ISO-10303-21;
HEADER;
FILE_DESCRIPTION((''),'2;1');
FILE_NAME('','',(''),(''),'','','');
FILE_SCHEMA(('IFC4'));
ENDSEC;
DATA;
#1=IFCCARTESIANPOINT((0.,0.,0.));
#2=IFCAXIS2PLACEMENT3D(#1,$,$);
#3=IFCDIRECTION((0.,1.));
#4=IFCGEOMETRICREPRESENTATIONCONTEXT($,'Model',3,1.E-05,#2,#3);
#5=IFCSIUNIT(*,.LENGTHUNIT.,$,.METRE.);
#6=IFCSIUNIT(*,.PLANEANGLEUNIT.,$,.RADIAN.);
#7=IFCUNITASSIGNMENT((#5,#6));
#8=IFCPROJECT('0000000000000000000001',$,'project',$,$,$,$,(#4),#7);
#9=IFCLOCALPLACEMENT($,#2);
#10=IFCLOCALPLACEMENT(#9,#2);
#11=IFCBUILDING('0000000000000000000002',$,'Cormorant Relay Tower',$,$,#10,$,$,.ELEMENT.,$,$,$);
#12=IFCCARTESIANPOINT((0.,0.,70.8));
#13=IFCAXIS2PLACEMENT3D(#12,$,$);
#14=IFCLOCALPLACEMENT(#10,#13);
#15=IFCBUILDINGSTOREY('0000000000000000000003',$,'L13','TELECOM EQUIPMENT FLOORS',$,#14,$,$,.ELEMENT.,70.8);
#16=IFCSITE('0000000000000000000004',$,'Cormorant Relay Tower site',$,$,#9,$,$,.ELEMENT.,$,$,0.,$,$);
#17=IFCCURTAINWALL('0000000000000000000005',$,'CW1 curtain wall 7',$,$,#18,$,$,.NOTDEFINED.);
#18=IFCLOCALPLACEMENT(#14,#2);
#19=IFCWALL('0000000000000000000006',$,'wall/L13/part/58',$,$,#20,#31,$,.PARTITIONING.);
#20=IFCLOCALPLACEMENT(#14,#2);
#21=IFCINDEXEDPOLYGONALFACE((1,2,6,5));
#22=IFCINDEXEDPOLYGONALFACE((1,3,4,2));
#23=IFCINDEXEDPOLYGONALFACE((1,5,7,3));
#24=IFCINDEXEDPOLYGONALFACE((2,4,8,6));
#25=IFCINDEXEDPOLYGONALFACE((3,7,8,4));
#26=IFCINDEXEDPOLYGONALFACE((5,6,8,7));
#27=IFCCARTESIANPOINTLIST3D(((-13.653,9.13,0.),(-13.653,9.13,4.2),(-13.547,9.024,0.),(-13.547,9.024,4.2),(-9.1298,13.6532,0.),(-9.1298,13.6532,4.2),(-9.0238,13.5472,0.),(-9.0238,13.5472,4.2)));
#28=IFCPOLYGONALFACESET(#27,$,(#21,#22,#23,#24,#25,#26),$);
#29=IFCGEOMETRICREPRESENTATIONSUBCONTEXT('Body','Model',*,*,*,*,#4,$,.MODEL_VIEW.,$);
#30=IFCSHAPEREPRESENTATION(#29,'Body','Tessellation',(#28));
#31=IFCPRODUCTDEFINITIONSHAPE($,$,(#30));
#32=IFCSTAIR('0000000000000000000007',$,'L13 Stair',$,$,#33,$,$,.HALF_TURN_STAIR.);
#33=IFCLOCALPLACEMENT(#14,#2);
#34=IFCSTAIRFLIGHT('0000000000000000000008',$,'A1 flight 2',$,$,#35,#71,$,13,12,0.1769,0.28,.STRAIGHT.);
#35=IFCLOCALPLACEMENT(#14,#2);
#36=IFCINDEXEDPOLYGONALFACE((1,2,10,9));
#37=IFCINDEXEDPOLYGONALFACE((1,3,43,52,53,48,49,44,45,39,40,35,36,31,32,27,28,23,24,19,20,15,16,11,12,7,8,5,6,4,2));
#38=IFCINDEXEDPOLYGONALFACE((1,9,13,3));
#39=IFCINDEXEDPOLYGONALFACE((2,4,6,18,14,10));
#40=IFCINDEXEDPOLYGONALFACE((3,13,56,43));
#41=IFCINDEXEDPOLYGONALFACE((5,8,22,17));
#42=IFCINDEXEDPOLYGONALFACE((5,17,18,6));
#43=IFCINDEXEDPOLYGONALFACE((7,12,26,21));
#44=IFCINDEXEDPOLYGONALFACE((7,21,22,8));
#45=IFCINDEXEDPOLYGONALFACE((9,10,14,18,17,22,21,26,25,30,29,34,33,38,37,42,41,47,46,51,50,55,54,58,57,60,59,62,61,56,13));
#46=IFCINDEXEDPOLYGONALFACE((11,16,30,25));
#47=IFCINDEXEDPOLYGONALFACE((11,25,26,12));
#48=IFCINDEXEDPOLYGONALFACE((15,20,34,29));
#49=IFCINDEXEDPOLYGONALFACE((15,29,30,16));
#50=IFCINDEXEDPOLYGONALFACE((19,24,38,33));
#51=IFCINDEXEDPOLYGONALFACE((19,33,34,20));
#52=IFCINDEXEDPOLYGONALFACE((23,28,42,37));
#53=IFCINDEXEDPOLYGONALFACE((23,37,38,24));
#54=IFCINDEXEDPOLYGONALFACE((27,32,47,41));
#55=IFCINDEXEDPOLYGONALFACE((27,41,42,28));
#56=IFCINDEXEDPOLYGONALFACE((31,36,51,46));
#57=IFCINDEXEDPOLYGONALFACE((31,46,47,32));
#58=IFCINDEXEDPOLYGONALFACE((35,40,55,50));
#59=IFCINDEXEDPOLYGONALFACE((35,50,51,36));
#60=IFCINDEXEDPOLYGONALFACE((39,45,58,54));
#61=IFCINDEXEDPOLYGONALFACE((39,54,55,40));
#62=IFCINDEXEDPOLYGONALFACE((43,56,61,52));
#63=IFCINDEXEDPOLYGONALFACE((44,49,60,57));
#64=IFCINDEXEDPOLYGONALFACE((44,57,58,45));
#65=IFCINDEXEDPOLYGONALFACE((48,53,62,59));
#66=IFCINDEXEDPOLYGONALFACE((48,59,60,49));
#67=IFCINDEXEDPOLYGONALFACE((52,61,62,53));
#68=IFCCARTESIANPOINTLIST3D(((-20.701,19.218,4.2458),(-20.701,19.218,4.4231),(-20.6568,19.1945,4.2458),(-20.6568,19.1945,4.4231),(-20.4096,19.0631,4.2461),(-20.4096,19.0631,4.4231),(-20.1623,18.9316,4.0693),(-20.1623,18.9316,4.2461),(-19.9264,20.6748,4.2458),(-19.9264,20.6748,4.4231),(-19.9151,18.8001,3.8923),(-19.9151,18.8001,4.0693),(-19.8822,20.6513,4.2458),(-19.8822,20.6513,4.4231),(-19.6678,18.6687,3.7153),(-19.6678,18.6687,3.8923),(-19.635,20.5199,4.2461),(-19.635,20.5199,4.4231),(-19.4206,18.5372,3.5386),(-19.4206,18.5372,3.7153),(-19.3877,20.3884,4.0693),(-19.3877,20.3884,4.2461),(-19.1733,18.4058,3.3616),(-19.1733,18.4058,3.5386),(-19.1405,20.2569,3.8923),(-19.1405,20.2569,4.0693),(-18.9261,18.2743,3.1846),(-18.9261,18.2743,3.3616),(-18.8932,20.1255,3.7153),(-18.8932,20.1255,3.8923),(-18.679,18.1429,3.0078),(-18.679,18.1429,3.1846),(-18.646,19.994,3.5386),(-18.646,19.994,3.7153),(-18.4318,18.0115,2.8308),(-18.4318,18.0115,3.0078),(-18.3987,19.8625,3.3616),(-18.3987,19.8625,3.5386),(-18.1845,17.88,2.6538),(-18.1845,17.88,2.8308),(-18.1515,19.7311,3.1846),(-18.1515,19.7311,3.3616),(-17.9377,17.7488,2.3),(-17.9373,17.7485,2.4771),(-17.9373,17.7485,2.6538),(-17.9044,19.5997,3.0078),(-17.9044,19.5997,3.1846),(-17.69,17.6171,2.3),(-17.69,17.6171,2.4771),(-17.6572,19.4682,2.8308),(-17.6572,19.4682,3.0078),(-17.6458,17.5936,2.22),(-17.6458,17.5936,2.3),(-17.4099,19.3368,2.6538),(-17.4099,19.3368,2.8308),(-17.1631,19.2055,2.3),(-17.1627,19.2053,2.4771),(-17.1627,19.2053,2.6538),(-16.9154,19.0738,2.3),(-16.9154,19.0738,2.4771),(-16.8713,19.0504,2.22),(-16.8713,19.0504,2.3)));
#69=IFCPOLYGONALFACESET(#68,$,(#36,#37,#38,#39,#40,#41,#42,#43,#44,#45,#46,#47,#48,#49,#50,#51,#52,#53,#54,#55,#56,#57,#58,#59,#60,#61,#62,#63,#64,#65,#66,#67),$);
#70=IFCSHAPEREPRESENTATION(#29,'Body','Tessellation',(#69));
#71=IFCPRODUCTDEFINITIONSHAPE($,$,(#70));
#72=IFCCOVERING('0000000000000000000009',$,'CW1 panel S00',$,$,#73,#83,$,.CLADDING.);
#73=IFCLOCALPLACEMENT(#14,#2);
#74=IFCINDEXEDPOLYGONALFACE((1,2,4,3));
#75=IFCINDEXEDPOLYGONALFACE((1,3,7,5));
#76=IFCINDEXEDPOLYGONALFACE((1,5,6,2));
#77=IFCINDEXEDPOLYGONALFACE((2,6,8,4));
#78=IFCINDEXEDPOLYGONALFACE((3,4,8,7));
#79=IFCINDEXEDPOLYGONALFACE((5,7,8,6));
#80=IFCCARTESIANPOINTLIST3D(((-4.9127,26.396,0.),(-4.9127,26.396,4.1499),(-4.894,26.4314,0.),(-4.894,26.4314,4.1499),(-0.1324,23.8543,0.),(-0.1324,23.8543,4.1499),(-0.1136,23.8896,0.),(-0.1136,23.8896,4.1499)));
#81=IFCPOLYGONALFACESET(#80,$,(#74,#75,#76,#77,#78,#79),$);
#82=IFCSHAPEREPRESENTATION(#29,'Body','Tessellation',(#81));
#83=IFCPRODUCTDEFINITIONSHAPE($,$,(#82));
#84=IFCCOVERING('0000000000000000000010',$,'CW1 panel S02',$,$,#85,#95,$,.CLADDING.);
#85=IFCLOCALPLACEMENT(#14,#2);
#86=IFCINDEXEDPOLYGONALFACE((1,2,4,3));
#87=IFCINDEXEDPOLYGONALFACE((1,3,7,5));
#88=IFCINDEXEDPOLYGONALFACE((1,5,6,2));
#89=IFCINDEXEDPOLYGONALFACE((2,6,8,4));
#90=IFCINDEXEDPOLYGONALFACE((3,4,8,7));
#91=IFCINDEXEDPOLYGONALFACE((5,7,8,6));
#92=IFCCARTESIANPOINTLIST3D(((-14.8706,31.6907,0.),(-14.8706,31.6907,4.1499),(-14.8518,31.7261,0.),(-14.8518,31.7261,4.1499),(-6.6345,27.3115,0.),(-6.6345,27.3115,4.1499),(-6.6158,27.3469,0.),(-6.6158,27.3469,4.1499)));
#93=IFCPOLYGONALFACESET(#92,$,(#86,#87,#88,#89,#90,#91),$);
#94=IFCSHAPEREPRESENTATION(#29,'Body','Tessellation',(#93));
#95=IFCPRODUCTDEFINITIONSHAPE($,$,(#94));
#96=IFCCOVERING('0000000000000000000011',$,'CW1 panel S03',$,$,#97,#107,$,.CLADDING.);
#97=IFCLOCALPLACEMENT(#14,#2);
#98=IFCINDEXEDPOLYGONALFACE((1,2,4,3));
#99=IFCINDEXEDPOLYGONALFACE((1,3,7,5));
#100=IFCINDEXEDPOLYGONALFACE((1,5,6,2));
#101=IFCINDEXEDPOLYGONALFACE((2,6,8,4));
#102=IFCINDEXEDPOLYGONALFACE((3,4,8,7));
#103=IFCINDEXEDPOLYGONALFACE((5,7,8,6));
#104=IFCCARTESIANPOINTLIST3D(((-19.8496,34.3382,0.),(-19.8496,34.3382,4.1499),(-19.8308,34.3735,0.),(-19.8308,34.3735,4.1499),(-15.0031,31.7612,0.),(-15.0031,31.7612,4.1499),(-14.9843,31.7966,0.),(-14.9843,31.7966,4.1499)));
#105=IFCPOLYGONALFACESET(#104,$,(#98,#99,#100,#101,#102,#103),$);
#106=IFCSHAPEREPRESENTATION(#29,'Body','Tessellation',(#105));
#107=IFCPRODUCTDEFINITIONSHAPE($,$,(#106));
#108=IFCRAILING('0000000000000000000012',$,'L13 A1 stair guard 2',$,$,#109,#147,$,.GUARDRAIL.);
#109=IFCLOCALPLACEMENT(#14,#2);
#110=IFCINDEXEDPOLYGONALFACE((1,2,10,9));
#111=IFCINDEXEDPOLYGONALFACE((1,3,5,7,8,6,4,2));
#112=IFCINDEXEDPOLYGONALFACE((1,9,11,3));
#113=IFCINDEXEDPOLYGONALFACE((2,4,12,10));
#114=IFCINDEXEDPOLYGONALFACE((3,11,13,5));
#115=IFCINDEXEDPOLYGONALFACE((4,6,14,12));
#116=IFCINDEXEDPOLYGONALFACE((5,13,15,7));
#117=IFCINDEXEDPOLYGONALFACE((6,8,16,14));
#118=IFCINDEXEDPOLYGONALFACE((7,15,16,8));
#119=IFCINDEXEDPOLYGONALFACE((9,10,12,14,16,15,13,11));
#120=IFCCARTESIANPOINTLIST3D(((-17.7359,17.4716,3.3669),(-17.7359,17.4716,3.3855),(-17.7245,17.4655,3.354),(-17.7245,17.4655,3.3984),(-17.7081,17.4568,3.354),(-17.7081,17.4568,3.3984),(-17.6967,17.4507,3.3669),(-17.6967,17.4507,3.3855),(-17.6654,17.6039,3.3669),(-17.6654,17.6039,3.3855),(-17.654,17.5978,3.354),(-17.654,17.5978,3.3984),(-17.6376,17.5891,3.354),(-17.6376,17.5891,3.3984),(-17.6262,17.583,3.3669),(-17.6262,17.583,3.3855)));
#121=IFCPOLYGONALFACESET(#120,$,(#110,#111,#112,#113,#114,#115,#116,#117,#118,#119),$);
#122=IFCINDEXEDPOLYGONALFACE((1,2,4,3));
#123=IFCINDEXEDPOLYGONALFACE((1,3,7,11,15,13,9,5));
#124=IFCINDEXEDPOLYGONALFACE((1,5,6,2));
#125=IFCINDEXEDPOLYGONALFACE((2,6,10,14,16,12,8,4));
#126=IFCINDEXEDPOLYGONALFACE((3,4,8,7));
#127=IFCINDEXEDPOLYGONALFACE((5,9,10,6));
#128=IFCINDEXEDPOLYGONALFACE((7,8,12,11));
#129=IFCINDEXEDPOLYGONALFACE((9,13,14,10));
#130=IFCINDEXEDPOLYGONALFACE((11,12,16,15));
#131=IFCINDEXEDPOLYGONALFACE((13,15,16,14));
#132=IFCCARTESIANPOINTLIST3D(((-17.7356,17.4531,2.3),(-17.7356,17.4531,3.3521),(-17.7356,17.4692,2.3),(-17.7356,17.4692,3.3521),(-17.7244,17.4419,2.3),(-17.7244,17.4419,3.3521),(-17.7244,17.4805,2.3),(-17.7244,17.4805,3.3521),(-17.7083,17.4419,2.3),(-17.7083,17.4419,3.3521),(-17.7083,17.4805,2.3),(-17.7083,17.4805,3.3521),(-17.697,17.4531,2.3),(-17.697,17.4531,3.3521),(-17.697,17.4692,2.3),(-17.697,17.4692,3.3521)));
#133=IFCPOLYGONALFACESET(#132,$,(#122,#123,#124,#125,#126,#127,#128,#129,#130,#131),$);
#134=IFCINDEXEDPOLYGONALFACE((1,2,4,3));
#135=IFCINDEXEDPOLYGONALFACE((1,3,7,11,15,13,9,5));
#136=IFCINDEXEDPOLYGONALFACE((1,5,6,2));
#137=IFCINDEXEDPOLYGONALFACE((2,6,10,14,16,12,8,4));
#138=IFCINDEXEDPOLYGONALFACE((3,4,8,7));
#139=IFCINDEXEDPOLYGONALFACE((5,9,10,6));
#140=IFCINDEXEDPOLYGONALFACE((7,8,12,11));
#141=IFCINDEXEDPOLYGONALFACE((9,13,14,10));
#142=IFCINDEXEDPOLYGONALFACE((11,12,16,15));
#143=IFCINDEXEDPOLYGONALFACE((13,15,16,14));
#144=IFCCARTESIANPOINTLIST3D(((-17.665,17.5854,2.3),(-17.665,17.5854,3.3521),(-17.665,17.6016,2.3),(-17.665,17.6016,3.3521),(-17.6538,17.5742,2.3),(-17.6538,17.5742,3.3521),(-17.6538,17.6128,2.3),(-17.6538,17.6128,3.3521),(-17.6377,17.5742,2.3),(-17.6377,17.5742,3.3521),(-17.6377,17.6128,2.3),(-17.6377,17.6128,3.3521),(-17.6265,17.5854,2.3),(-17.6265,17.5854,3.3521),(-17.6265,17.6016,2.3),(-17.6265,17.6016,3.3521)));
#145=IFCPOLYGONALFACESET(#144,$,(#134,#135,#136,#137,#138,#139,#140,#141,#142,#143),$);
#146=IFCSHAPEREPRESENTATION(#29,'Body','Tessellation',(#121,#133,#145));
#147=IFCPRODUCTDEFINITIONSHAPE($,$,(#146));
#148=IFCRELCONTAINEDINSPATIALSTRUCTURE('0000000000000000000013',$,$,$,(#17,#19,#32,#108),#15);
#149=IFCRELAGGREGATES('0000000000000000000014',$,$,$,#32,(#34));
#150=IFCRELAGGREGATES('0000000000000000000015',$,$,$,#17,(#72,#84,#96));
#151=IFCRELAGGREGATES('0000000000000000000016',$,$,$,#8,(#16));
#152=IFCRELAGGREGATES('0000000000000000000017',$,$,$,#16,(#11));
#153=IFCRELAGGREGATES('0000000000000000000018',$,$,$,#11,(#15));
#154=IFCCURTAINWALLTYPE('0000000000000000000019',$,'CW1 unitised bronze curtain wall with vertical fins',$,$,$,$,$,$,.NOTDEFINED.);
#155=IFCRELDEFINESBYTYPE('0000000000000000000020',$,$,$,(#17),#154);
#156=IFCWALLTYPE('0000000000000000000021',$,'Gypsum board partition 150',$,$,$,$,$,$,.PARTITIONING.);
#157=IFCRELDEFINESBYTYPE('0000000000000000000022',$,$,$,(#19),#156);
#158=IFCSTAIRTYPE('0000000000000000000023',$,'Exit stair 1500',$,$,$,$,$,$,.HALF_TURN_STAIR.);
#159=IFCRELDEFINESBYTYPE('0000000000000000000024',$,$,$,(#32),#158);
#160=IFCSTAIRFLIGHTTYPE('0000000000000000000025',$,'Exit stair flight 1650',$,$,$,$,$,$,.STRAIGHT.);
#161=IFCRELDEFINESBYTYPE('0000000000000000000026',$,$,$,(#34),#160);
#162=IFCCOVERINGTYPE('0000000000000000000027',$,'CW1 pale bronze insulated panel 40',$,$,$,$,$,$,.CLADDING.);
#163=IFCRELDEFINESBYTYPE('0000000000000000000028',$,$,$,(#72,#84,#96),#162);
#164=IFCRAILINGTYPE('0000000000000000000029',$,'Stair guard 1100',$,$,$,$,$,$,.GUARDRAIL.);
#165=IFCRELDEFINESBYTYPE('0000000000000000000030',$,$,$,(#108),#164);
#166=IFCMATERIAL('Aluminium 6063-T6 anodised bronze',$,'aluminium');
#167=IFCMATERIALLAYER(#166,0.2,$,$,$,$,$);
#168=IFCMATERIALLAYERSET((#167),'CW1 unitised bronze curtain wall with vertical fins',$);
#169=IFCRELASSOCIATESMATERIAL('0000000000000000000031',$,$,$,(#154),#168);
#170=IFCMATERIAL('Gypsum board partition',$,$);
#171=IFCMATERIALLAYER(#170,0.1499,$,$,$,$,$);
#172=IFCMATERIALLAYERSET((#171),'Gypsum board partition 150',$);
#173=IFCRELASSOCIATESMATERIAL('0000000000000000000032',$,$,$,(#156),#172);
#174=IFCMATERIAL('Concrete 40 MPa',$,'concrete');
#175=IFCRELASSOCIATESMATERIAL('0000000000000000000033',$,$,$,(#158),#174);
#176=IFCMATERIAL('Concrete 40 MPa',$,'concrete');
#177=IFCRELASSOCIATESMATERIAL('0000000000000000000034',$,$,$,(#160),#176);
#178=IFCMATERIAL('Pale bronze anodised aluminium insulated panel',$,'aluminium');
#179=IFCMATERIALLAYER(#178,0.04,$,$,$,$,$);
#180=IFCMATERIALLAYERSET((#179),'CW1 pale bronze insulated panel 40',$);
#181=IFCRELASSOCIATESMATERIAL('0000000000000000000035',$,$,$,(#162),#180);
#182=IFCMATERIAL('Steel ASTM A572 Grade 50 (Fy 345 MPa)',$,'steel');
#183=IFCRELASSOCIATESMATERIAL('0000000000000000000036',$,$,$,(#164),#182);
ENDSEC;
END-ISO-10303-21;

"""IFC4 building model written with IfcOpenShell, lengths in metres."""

from ifc_helpers import new_model, si_unit, direction, frame, frame_2d, origin, origin_2d, place, context, subcontext, project, spatial, polyline, rectangle, outline, extrude, material, layer, layer_set, type_object, element, aggregate, save


model = new_model("IFC4")

# Units and contexts
model_context = context("Model", 3, precision=1e-05, world=origin(), true_north=direction((0.0, 1.0)))
body_context = subcontext(model_context, "Body", "Model", "MODEL_VIEW")
ifc_project = project(units=[si_unit("LENGTHUNIT", "METRE"), si_unit("PLANEANGLEUNIT", "RADIAN")], contexts=[model_context])

# Site, building, storey
site_placement = place(None, origin())
site = spatial("IfcSite", under=ifc_project, at=site_placement, Name="Cormorant Relay Tower site", CompositionType="ELEMENT", RefElevation=0.0)
building_placement = place(site_placement, origin())
building = spatial("IfcBuilding", under=site, at=building_placement, Name="Cormorant Relay Tower", CompositionType="ELEMENT")
storey_placement = place(building_placement, frame((0.0, 0.0, 70.8)))
storey = spatial("IfcBuildingStorey", under=building, at=storey_placement, Name="L13", Description="TELECOM EQUIPMENT FLOORS", CompositionType="ELEMENT", Elevation=70.8)

# Curtain wall
ifc_material_1 = material(Name="Aluminium 6063-T6 anodised bronze", Category="aluminium")
ifc_layer_1 = layer(ifc_material_1, 0.2)
ifc_layer_set_1 = layer_set([ifc_layer_1], Name="CW1 unitised bronze curtain wall with vertical fins")
curtain_wall_type = type_object("IfcCurtainWallType", Name="CW1 unitised bronze curtain wall with vertical fins", PredefinedType="NOTDEFINED", material=ifc_layer_set_1)
curtain_wall_placement = place(storey_placement, origin())
curtain_wall = element("IfcCurtainWall", 1, at=curtain_wall_placement, inside=storey, type_object=curtain_wall_type, Name="CW1 curtain wall 7", PredefinedType="NOTDEFINED")

# Wall
ifc_material_2 = material(Name="Gypsum board partition")
ifc_layer_2 = layer(ifc_material_2, 0.1499)
ifc_layer_set_2 = layer_set([ifc_layer_2], Name="Gypsum board partition 150")
wall_type_1 = type_object("IfcWallType", Name="Gypsum board partition 150", PredefinedType="PARTITIONING", material=ifc_layer_set_2)
wall_1_placement = place(storey_placement, frame((-9.0769, 13.6001, 0.0), z_axis=(0.0, 0.0, 1.0), x_axis=(-0.707107, -0.707107, 0.0)))
element("IfcWall", 2, at=wall_1_placement, inside=storey, type_object=wall_type_1, Name="wall/L13/part/58", PredefinedType="PARTITIONING", context=body_context, shape_type="SweptSolid", body=[
    extrude(rectangle(XDim=6.3967, YDim=0.1499, at=frame_2d((3.1982, 0.0))), origin(), (0.0, 0.0, 1.0), 4.2),
])

# Stair, stair flight
ifc_material_3 = material(Name="Concrete 40 MPa", Category="concrete")
stair_type = type_object("IfcStairType", Name="Exit stair 1500", PredefinedType="HALF_TURN_STAIR", material=ifc_material_3)
stair_placement = place(storey_placement, origin())
stair = element("IfcStair", 3, at=stair_placement, inside=storey, type_object=stair_type, Name="L13 Stair", PredefinedType="HALF_TURN_STAIR")
ifc_material_4 = material(Name="Concrete 40 MPa", Category="concrete")
stair_flight_type = type_object("IfcStairFlightType", Name="Exit stair flight 1650", PredefinedType="STRAIGHT", material=ifc_material_4)
stair_flight_placement = place(storey_placement, frame((-17.3027, 18.3455, 2.3), z_axis=(0.0, 0.0, 1.0), x_axis=(-0.882948, 0.469472, 0.0)))
stair_flight = element("IfcStairFlight", 4, at=stair_flight_placement, type_object=stair_flight_type, Name="A1 flight 2", NumberOfRisers=13, NumberOfTreads=12, PredefinedType="STRAIGHT", RiserHeight=0.1769, TreadLength=0.28, context=body_context, shape_type="SweptSolid", body=[
    extrude(outline(polyline([(-0.05, -0.0801), (-0.05, 0.0), (0.0, 0.0), (0.0, 0.177), (0.28, 0.177), (0.28, 0.3538), (0.5601, 0.3538), (0.5601, 0.5308), (0.8401, 0.5308), (0.8401, 0.7078), (1.1201, 0.7078), (1.1201, 0.8845), (1.3999, 0.8845), (1.3999, 1.0615), (1.6799, 1.0615), (1.6799, 1.2385), (1.96, 1.2385), (1.96, 1.4153), (2.24, 1.4153), (2.24, 1.5923), (2.52, 1.5923), (2.52, 1.7693), (2.8, 1.7693), (2.8, 1.946), (3.0801, 1.946), (3.0801, 2.123), (3.3601, 2.123), (3.4102, 2.123), (3.4102, 1.9458), (3.3601, 1.9458), (0.2805, 0.0), (-0.05, -0.0801)])), frame((0.0, 0.825, 0.0), z_axis=(0.0, -1.0, 0.0), x_axis=(1.0, 0.0, 0.0)), (0.0, 0.0, 1.0), 1.6499),
])
aggregate(stair, [stair_flight])

# Coverings
ifc_material_5 = material(Name="Pale bronze anodised aluminium insulated panel", Category="aluminium")
ifc_layer_3 = layer(ifc_material_5, 0.04)
ifc_layer_set_3 = layer_set([ifc_layer_3], Name="CW1 pale bronze insulated panel 40")
covering_type = type_object("IfcCoveringType", Name="CW1 pale bronze insulated panel 40", PredefinedType="CLADDING", material=ifc_layer_set_3)
covering_1_placement = place(storey_placement, frame((-2.5132, 25.1428, 0.0), z_axis=(0.0, 0.0, 1.0), x_axis=(-0.882948, 0.469472, 0.0)))
covering_1 = element("IfcCovering", 5, at=covering_1_placement, type_object=covering_type, Name="CW1 panel S00", PredefinedType="CLADDING", context=body_context, shape_type="SweptSolid", body=[
    extrude(rectangle(XDim=5.4141, YDim=0.04, at=origin_2d()), origin(), (0.0, 0.0, 1.0), 4.1499),
])
covering_2_placement = place(storey_placement, frame((-10.7432, 29.5188, 0.0), z_axis=(0.0, 0.0, 1.0), x_axis=(-0.882948, 0.469472, 0.0)))
covering_2 = element("IfcCovering", 6, at=covering_2_placement, type_object=covering_type, Name="CW1 panel S02", PredefinedType="CLADDING", context=body_context, shape_type="SweptSolid", body=[
    extrude(rectangle(XDim=9.3279, YDim=0.04, at=origin_2d()), origin(), (0.0, 0.0, 1.0), 4.1499),
])
covering_3_placement = place(storey_placement, frame((-17.417, 33.0674, 0.0), z_axis=(0.0, 0.0, 1.0), x_axis=(-0.882948, 0.469472, 0.0)))
covering_3 = element("IfcCovering", 7, at=covering_3_placement, type_object=covering_type, Name="CW1 panel S03", PredefinedType="CLADDING", context=body_context, shape_type="SweptSolid", body=[
    extrude(rectangle(XDim=5.489, YDim=0.04, at=origin_2d()), origin(), (0.0, 0.0, 1.0), 4.1499),
])
aggregate(curtain_wall, [covering_1, covering_2, covering_3])

# Railing
ifc_material_6 = material(Name="Steel ASTM A572 Grade 50 (Fy 345 MPa)", Category="steel")
railing_type_1 = type_object("IfcRailingType", Name="Stair guard 1100", PredefinedType="GUARDRAIL", material=ifc_material_6)
railing_1_placement = place(storey_placement, frame((-17.7163, 17.4612, 2.3)))
element("IfcRailing", 8, at=railing_1_placement, inside=storey, type_object=railing_type_1, Name="L13 A1 stair guard 2", PredefinedType="GUARDRAIL", context=body_context, shape_type="SweptSolid", body=[
    extrude(outline(polyline([(0.0222, 0.0093), (0.0093, 0.0222), (-0.0093, 0.0222), (-0.0222, 0.0093), (-0.0222, -0.0093), (-0.0093, -0.0222), (0.0093, -0.0222), (0.0222, -0.0093), (0.0222, 0.0093)])), frame((0.0, 0.0, 1.0762), z_axis=(0.470504, 0.882398, 0.0), x_axis=(-0.882398, 0.470504, 0.0)), (0.0, 0.0, 1.0), 0.1499),
    extrude(outline(polyline([(0.0193, 0.0081), (0.0081, 0.0193), (-0.0081, 0.0193), (-0.0193, 0.0081), (-0.0193, -0.0081), (-0.0081, -0.0193), (0.0081, -0.0193), (0.0193, -0.0081), (0.0193, 0.0081)])), origin(), (0.0, 0.0, 1.0), 1.052),
    extrude(outline(polyline([(0.0193, 0.0081), (0.0081, 0.0193), (-0.0081, 0.0193), (-0.0193, 0.0081), (-0.0193, -0.0081), (-0.0081, -0.0193), (0.0081, -0.0193), (0.0193, -0.0081), (0.0193, 0.0081)])), frame((0.0706, 0.1323, 0.0)), (0.0, 0.0, 1.0), 1.052),
])

save(model, "model.ifc")
